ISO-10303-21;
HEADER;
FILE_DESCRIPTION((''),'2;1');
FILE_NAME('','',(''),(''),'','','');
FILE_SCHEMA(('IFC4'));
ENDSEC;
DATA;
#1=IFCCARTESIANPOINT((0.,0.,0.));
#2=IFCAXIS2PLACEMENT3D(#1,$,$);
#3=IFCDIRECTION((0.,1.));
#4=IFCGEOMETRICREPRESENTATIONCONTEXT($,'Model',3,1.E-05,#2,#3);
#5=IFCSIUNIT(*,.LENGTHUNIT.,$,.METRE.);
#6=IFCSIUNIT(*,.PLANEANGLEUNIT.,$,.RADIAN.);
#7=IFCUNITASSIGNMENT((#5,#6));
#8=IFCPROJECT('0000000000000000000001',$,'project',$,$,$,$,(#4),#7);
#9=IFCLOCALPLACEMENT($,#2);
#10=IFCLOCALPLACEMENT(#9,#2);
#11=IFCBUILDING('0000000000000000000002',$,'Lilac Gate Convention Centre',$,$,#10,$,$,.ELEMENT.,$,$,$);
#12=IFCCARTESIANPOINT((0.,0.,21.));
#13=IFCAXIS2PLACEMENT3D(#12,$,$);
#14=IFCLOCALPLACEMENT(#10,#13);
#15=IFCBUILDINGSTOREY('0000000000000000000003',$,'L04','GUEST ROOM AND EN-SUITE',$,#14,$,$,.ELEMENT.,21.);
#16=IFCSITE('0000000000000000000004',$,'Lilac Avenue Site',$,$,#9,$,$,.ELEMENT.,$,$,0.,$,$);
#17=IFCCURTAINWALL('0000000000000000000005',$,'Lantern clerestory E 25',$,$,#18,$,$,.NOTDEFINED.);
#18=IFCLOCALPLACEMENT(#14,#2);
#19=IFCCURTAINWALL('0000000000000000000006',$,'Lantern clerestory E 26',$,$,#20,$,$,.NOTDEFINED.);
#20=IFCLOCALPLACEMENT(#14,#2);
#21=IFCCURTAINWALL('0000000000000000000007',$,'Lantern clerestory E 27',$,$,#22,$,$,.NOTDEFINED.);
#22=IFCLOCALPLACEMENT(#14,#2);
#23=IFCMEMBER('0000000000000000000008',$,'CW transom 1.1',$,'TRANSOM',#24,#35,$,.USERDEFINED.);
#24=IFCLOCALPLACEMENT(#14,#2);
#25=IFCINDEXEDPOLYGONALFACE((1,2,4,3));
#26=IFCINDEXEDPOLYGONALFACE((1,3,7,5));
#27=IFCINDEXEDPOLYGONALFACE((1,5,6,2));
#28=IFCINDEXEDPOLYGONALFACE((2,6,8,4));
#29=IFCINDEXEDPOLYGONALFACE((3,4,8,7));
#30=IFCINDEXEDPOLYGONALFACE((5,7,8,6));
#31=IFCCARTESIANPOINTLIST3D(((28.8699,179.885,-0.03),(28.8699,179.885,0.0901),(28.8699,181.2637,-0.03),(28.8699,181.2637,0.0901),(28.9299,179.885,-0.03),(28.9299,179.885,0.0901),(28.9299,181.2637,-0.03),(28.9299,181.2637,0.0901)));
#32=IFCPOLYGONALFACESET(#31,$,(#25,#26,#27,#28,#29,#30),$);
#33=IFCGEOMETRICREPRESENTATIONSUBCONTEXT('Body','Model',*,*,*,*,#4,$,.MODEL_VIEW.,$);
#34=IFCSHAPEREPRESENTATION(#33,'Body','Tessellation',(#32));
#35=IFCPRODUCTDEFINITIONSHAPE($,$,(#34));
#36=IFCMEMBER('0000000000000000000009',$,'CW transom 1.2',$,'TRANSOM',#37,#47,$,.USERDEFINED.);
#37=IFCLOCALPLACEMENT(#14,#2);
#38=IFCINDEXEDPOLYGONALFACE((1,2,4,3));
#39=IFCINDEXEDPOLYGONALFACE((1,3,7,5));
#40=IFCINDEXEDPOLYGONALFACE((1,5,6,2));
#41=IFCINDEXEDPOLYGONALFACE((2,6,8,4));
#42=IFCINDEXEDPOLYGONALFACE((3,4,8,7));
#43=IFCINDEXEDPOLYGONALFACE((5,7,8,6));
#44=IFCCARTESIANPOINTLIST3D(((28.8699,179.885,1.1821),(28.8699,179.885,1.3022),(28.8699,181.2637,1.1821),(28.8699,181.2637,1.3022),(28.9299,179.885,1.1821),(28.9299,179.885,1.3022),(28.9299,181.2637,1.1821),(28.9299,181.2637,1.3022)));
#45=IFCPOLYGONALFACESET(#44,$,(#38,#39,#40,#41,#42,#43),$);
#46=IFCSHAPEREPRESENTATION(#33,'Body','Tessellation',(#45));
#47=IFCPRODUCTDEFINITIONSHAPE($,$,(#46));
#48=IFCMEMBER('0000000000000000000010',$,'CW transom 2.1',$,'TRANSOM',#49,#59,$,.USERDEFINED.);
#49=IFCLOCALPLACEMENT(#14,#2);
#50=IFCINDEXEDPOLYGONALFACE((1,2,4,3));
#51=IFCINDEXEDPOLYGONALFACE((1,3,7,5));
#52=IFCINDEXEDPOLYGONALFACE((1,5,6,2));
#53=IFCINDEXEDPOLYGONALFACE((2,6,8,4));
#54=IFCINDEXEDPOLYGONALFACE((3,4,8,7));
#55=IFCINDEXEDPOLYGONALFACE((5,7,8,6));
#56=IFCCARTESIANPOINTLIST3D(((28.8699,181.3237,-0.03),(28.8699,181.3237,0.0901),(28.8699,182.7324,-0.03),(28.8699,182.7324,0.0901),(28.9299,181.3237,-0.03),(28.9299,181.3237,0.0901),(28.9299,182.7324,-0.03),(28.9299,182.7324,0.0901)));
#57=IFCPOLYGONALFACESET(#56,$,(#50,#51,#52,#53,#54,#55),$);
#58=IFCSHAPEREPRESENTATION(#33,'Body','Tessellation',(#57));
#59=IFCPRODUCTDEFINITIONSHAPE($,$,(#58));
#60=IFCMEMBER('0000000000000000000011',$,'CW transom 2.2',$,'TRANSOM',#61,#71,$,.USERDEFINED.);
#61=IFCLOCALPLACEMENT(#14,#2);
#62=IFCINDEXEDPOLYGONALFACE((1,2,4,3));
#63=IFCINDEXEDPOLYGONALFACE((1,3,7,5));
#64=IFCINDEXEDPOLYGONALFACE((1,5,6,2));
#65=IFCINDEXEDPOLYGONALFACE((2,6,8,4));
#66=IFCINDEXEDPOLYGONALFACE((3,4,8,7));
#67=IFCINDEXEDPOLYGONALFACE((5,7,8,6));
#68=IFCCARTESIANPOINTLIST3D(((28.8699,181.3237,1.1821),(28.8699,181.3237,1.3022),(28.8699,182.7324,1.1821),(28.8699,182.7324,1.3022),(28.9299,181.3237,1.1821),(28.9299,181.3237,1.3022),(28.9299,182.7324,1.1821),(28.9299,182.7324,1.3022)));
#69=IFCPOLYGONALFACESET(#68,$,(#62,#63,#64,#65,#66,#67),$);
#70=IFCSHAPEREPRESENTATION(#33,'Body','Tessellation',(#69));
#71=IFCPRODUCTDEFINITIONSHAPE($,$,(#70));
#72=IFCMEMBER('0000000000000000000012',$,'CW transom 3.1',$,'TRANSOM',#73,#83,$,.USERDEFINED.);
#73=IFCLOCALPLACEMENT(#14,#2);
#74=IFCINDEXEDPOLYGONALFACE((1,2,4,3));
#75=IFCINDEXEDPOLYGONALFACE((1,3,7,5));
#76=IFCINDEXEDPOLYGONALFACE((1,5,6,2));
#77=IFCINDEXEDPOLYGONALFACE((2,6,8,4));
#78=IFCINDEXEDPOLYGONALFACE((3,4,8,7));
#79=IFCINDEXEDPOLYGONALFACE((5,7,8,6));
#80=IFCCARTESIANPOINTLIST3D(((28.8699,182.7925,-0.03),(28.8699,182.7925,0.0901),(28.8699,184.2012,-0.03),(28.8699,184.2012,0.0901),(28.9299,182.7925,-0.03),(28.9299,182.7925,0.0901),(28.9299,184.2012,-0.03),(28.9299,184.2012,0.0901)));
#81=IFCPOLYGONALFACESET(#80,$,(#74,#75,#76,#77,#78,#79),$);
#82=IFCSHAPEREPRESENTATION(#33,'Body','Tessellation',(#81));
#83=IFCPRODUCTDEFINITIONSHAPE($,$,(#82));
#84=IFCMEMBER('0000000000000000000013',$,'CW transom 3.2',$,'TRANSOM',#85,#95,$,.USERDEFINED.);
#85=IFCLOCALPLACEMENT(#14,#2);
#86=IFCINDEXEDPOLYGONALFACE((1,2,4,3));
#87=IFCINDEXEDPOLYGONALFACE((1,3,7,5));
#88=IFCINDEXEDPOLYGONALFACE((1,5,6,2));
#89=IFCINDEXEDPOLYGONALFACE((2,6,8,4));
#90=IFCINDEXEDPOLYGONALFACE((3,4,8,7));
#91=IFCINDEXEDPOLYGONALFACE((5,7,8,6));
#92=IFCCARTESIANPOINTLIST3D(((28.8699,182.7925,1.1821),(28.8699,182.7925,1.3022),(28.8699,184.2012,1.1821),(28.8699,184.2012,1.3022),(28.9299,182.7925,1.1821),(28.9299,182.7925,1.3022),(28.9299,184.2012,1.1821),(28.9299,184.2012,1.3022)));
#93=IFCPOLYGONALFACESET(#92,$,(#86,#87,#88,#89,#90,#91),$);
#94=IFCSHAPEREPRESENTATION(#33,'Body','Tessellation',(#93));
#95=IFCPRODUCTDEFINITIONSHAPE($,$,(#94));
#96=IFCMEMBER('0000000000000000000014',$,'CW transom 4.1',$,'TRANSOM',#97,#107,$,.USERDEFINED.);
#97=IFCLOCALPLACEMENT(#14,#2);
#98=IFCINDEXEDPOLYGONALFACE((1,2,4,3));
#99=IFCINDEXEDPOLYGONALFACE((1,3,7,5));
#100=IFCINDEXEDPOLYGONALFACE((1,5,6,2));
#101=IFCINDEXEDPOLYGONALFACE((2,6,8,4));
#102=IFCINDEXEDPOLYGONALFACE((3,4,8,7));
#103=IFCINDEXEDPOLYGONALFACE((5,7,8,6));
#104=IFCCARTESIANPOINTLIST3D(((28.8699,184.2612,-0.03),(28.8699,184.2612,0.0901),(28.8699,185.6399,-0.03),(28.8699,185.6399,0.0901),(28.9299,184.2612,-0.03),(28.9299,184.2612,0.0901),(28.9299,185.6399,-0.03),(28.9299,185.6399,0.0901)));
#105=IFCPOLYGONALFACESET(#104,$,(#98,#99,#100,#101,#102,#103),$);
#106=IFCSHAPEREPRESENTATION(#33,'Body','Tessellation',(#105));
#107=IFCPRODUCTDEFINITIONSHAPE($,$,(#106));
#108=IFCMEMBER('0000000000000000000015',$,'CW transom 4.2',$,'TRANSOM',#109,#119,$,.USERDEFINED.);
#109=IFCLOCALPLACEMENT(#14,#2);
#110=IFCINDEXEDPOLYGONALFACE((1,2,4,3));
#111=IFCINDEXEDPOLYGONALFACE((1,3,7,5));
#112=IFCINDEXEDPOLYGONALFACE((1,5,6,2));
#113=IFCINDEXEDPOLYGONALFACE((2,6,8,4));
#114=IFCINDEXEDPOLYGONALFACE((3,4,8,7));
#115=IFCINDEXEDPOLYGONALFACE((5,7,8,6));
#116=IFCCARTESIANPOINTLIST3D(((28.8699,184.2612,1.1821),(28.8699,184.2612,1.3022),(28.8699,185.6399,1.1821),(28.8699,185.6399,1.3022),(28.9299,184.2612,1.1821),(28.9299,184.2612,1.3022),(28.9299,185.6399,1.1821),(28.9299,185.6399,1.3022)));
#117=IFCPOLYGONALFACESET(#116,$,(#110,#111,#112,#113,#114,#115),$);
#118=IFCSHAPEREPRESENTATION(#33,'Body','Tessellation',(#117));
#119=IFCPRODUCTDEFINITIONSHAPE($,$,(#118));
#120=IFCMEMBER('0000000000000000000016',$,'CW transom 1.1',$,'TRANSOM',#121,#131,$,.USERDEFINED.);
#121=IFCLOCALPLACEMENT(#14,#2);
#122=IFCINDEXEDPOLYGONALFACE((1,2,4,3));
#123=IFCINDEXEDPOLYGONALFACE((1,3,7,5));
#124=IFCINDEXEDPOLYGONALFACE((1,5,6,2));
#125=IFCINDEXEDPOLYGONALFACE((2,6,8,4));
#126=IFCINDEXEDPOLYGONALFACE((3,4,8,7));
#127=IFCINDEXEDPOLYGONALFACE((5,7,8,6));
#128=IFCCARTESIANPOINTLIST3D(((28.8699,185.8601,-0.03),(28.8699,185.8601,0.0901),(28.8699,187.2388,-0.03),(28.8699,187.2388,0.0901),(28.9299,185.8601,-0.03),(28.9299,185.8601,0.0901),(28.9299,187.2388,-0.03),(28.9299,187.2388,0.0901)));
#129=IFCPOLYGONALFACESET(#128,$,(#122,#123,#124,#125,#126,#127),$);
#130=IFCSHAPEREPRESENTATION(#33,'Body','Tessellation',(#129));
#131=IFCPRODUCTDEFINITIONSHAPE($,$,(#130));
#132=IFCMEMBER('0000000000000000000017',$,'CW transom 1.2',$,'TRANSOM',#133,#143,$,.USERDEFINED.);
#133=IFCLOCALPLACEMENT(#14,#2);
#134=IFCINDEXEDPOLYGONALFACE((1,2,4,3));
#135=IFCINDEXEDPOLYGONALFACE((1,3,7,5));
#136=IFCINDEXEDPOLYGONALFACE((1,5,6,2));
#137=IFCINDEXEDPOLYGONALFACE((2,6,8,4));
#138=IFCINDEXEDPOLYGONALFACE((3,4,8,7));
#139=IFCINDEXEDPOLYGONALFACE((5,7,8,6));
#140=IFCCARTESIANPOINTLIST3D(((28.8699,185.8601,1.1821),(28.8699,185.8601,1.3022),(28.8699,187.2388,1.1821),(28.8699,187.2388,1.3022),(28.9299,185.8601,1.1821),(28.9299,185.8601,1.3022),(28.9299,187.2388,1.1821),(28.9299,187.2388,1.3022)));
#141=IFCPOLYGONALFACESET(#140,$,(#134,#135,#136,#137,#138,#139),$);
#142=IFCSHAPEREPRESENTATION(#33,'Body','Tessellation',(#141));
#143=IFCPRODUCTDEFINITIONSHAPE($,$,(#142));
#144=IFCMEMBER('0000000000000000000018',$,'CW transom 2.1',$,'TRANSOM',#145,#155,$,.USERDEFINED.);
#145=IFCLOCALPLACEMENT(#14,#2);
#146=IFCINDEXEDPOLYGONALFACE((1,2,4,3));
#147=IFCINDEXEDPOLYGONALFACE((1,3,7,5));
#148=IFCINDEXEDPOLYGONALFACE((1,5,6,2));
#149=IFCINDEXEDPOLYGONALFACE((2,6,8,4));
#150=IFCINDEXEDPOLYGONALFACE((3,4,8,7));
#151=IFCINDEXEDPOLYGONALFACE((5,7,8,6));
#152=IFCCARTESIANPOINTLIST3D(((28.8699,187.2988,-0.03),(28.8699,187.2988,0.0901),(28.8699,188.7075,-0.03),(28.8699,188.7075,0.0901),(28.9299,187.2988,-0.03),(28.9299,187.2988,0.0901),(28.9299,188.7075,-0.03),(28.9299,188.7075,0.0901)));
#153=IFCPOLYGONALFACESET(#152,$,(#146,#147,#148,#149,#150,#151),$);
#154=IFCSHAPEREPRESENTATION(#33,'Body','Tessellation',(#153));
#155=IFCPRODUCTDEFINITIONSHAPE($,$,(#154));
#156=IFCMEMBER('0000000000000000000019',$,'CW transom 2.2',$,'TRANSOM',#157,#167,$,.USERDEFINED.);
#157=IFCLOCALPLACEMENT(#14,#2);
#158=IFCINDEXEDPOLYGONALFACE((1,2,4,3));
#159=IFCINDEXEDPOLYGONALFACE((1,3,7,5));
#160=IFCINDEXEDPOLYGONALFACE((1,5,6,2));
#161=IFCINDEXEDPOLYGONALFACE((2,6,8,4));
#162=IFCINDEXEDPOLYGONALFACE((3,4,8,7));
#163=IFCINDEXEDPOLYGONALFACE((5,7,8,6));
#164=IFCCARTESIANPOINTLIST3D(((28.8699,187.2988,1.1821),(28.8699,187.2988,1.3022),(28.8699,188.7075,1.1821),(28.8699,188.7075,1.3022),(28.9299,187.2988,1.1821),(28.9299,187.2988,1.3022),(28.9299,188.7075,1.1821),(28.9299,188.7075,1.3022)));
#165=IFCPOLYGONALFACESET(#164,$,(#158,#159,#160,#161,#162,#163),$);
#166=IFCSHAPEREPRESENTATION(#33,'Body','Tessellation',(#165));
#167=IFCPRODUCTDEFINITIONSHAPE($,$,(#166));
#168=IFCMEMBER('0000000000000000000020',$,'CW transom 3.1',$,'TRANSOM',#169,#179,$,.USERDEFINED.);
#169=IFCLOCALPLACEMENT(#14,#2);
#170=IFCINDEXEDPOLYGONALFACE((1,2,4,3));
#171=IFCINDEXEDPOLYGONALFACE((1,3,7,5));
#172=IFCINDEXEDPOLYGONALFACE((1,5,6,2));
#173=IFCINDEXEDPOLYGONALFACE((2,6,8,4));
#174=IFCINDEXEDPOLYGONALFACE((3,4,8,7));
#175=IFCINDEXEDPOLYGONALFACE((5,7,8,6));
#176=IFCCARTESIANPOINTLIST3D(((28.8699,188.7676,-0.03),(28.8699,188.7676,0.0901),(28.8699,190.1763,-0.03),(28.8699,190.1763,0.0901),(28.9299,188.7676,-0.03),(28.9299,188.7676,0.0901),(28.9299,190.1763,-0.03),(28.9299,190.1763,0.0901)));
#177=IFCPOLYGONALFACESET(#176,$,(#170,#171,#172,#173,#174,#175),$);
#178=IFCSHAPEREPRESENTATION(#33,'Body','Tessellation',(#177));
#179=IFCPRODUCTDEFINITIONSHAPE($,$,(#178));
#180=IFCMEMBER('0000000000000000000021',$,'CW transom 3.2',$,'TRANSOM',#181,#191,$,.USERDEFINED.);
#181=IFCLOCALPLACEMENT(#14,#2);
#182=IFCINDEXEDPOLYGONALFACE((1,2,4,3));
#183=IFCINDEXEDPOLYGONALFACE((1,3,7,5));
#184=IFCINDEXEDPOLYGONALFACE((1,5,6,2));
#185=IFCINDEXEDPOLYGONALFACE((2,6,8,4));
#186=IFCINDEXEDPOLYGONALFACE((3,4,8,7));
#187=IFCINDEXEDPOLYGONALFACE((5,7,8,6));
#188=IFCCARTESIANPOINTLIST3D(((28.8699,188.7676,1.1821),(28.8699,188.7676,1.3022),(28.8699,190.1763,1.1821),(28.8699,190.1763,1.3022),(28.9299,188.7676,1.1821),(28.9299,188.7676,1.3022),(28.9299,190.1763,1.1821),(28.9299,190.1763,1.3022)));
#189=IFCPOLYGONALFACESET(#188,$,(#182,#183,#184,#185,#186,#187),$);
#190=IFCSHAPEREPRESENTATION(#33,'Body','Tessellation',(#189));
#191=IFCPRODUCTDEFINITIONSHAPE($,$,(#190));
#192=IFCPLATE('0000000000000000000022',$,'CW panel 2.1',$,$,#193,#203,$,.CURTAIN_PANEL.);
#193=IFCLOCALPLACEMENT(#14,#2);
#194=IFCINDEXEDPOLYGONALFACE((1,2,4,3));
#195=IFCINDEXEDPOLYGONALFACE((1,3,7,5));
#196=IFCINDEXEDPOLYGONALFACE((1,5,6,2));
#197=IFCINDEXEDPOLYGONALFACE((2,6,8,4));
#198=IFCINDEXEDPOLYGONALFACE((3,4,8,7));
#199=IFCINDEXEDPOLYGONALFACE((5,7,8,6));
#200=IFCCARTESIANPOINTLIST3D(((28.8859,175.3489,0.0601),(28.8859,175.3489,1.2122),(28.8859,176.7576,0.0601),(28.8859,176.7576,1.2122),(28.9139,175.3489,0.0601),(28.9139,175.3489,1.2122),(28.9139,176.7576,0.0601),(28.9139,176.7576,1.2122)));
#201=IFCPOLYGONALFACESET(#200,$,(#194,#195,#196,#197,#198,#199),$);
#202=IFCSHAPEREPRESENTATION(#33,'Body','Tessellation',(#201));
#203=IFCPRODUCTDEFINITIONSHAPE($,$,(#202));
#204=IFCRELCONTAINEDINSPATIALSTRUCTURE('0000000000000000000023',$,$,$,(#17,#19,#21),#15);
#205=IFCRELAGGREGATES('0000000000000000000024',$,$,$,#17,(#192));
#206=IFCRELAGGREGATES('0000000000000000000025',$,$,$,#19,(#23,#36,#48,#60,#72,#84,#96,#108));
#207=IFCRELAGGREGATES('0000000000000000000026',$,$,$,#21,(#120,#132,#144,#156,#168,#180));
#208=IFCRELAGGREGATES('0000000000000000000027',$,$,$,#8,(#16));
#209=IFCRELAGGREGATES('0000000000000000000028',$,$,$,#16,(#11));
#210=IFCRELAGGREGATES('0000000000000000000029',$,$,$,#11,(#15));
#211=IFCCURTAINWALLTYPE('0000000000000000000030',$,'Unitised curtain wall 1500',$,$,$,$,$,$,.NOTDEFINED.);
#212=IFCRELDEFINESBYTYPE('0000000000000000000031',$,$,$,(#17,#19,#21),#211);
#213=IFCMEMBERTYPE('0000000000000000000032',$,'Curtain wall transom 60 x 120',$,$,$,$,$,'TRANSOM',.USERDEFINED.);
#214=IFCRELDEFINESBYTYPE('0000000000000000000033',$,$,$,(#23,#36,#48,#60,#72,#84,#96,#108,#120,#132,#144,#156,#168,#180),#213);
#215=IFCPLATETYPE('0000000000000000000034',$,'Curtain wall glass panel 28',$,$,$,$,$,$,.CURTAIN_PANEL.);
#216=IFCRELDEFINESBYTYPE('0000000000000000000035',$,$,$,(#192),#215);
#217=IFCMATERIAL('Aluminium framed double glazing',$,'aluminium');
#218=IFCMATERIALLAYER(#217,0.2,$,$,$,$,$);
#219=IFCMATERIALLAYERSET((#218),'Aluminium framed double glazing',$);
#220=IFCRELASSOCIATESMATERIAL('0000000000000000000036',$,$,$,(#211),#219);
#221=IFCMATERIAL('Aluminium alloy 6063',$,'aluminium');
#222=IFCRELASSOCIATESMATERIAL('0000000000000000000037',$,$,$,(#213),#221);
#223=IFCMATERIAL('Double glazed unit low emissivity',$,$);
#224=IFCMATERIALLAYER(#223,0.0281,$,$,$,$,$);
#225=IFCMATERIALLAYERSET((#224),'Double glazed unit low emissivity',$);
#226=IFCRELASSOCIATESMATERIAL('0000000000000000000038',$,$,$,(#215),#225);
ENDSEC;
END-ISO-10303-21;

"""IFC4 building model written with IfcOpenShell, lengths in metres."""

from ifc_helpers import new_model, si_unit, direction, frame, origin, origin_2d, place, context, subcontext, project, spatial, rectangle, extrude, material, layer, layer_set, material_profile, profile_set, type_object, element, aggregate, save


model = new_model("IFC4")

# Units and contexts
model_context = context("Model", 3, precision=1e-05, world=origin(), true_north=direction((0.0, 1.0)))
body_context = subcontext(model_context, "Body", "Model", "MODEL_VIEW")
ifc_project = project(units=[si_unit("LENGTHUNIT", "METRE"), si_unit("PLANEANGLEUNIT", "RADIAN")], contexts=[model_context])

# Site, building, storey
site_placement = place(None, origin())
site = spatial("IfcSite", under=ifc_project, at=site_placement, Name="Lilac Avenue Site", CompositionType="ELEMENT", RefElevation=0.0)
building_placement = place(site_placement, origin())
building = spatial("IfcBuilding", under=site, at=building_placement, Name="Lilac Gate Convention Centre", CompositionType="ELEMENT")
storey_placement = place(building_placement, frame((0.0, 0.0, 21.0)))
storey = spatial("IfcBuildingStorey", under=building, at=storey_placement, Name="L04", Description="GUEST ROOM AND EN-SUITE", CompositionType="ELEMENT", Elevation=21.0)

# Curtain walls
ifc_material_1 = material(Name="Aluminium framed double glazing", Category="aluminium")
ifc_layer_1 = layer(ifc_material_1, 0.2)
ifc_layer_set_1 = layer_set([ifc_layer_1], Name="Aluminium framed double glazing")
curtain_wall_type = type_object("IfcCurtainWallType", Name="Unitised curtain wall 1500", PredefinedType="NOTDEFINED", material=ifc_layer_set_1)
curtain_wall_1_placement = place(storey_placement, origin())
curtain_wall_1 = element("IfcCurtainWall", 1, at=curtain_wall_1_placement, inside=storey, type_object=curtain_wall_type, Name="Lantern clerestory E 25", PredefinedType="NOTDEFINED")
ifc_material_2 = material(Name="Aluminium alloy 6063", Category="aluminium")
curtain_wall_2_placement = place(storey_placement, origin())
curtain_wall_2 = element("IfcCurtainWall", 2, at=curtain_wall_2_placement, inside=storey, type_object=curtain_wall_type, Name="Lantern clerestory E 26", PredefinedType="NOTDEFINED")
curtain_wall_3_placement = place(storey_placement, origin())
curtain_wall_3 = element("IfcCurtainWall", 3, at=curtain_wall_3_placement, inside=storey, type_object=curtain_wall_type, Name="Lantern clerestory E 27", PredefinedType="NOTDEFINED")

# Members
ifc_material_profile_1 = material_profile(ifc_material_2, rectangle(XDim=0.0601, YDim=0.1201, at=origin_2d()), Name="Curtain wall transom 60 x 120")
ifc_profile_set_1 = profile_set([ifc_material_profile_1], Name="Aluminium alloy 6063")
member_type_1 = type_object("IfcMemberType", Name="Curtain wall transom 60 x 120", ElementType="TRANSOM", PredefinedType="USERDEFINED", material=ifc_profile_set_1)
member_1_placement = place(storey_placement, frame((28.8999, 179.885, 0.03), z_axis=(0.0, 1.0, 0.0), x_axis=(-1.0, 0.0, 0.0)))
member_1 = element("IfcMember", 4, at=member_1_placement, type_object=member_type_1, Name="CW transom 1.1", ObjectType="TRANSOM", PredefinedType="USERDEFINED", context=body_context, shape_type="SweptSolid", body=[
    extrude(rectangle(XDim=0.0601, YDim=0.1201, at=origin_2d()), origin(), (0.0, 0.0, 1.0), 1.3787),
])
member_2_placement = place(storey_placement, frame((28.8999, 179.885, 1.2422), z_axis=(0.0, 1.0, 0.0), x_axis=(-1.0, 0.0, 0.0)))
member_2 = element("IfcMember", 5, at=member_2_placement, type_object=member_type_1, Name="CW transom 1.2", ObjectType="TRANSOM", PredefinedType="USERDEFINED", context=body_context, shape_type="SweptSolid", body=[
    extrude(rectangle(XDim=0.0601, YDim=0.1201, at=origin_2d()), origin(), (0.0, 0.0, 1.0), 1.3787),
])
member_3_placement = place(storey_placement, frame((28.8999, 181.3237, 0.03), z_axis=(0.0, 1.0, 0.0), x_axis=(-1.0, 0.0, 0.0)))
member_3 = element("IfcMember", 6, at=member_3_placement, type_object=member_type_1, Name="CW transom 2.1", ObjectType="TRANSOM", PredefinedType="USERDEFINED", context=body_context, shape_type="SweptSolid", body=[
    extrude(rectangle(XDim=0.0601, YDim=0.1201, at=origin_2d()), origin(), (0.0, 0.0, 1.0), 1.4087),
])
member_4_placement = place(storey_placement, frame((28.8999, 181.3237, 1.2422), z_axis=(0.0, 1.0, 0.0), x_axis=(-1.0, 0.0, 0.0)))
member_4 = element("IfcMember", 7, at=member_4_placement, type_object=member_type_1, Name="CW transom 2.2", ObjectType="TRANSOM", PredefinedType="USERDEFINED", context=body_context, shape_type="SweptSolid", body=[
    extrude(rectangle(XDim=0.0601, YDim=0.1201, at=origin_2d()), origin(), (0.0, 0.0, 1.0), 1.4087),
])
member_5_placement = place(storey_placement, frame((28.8999, 182.7925, 0.03), z_axis=(0.0, 1.0, 0.0), x_axis=(-1.0, 0.0, 0.0)))
member_5 = element("IfcMember", 8, at=member_5_placement, type_object=member_type_1, Name="CW transom 3.1", ObjectType="TRANSOM", PredefinedType="USERDEFINED", context=body_context, shape_type="SweptSolid", body=[
    extrude(rectangle(XDim=0.0601, YDim=0.1201, at=origin_2d()), origin(), (0.0, 0.0, 1.0), 1.4087),
])
member_6_placement = place(storey_placement, frame((28.8999, 182.7925, 1.2422), z_axis=(0.0, 1.0, 0.0), x_axis=(-1.0, 0.0, 0.0)))
member_6 = element("IfcMember", 9, at=member_6_placement, type_object=member_type_1, Name="CW transom 3.2", ObjectType="TRANSOM", PredefinedType="USERDEFINED", context=body_context, shape_type="SweptSolid", body=[
    extrude(rectangle(XDim=0.0601, YDim=0.1201, at=origin_2d()), origin(), (0.0, 0.0, 1.0), 1.4087),
])
member_7_placement = place(storey_placement, frame((28.8999, 184.2612, 0.03), z_axis=(0.0, 1.0, 0.0), x_axis=(-1.0, 0.0, 0.0)))
member_7 = element("IfcMember", 10, at=member_7_placement, type_object=member_type_1, Name="CW transom 4.1", ObjectType="TRANSOM", PredefinedType="USERDEFINED", context=body_context, shape_type="SweptSolid", body=[
    extrude(rectangle(XDim=0.0601, YDim=0.1201, at=origin_2d()), origin(), (0.0, 0.0, 1.0), 1.3787),
])
member_8_placement = place(storey_placement, frame((28.8999, 184.2612, 1.2422), z_axis=(0.0, 1.0, 0.0), x_axis=(-1.0, 0.0, 0.0)))
member_8 = element("IfcMember", 11, at=member_8_placement, type_object=member_type_1, Name="CW transom 4.2", ObjectType="TRANSOM", PredefinedType="USERDEFINED", context=body_context, shape_type="SweptSolid", body=[
    extrude(rectangle(XDim=0.0601, YDim=0.1201, at=origin_2d()), origin(), (0.0, 0.0, 1.0), 1.3787),
])
member_9_placement = place(storey_placement, frame((28.8999, 185.8601, 0.03), z_axis=(0.0, 1.0, 0.0), x_axis=(-1.0, 0.0, 0.0)))
member_9 = element("IfcMember", 12, at=member_9_placement, type_object=member_type_1, Name="CW transom 1.1", ObjectType="TRANSOM", PredefinedType="USERDEFINED", context=body_context, shape_type="SweptSolid", body=[
    extrude(rectangle(XDim=0.0601, YDim=0.1201, at=origin_2d()), origin(), (0.0, 0.0, 1.0), 1.3787),
])
member_10_placement = place(storey_placement, frame((28.8999, 185.8601, 1.2422), z_axis=(0.0, 1.0, 0.0), x_axis=(-1.0, 0.0, 0.0)))
member_10 = element("IfcMember", 13, at=member_10_placement, type_object=member_type_1, Name="CW transom 1.2", ObjectType="TRANSOM", PredefinedType="USERDEFINED", context=body_context, shape_type="SweptSolid", body=[
    extrude(rectangle(XDim=0.0601, YDim=0.1201, at=origin_2d()), origin(), (0.0, 0.0, 1.0), 1.3787),
])
member_11_placement = place(storey_placement, frame((28.8999, 187.2988, 0.03), z_axis=(0.0, 1.0, 0.0), x_axis=(-1.0, 0.0, 0.0)))
member_11 = element("IfcMember", 14, at=member_11_placement, type_object=member_type_1, Name="CW transom 2.1", ObjectType="TRANSOM", PredefinedType="USERDEFINED", context=body_context, shape_type="SweptSolid", body=[
    extrude(rectangle(XDim=0.0601, YDim=0.1201, at=origin_2d()), origin(), (0.0, 0.0, 1.0), 1.4087),
])
member_12_placement = place(storey_placement, frame((28.8999, 187.2988, 1.2422), z_axis=(0.0, 1.0, 0.0), x_axis=(-1.0, 0.0, 0.0)))
member_12 = element("IfcMember", 15, at=member_12_placement, type_object=member_type_1, Name="CW transom 2.2", ObjectType="TRANSOM", PredefinedType="USERDEFINED", context=body_context, shape_type="SweptSolid", body=[
    extrude(rectangle(XDim=0.0601, YDim=0.1201, at=origin_2d()), origin(), (0.0, 0.0, 1.0), 1.4087),
])
member_13_placement = place(storey_placement, frame((28.8999, 188.7676, 0.03), z_axis=(0.0, 1.0, 0.0), x_axis=(-1.0, 0.0, 0.0)))
member_13 = element("IfcMember", 16, at=member_13_placement, type_object=member_type_1, Name="CW transom 3.1", ObjectType="TRANSOM", PredefinedType="USERDEFINED", context=body_context, shape_type="SweptSolid", body=[
    extrude(rectangle(XDim=0.0601, YDim=0.1201, at=origin_2d()), origin(), (0.0, 0.0, 1.0), 1.4087),
])
member_14_placement = place(storey_placement, frame((28.8999, 188.7676, 1.2422), z_axis=(0.0, 1.0, 0.0), x_axis=(-1.0, 0.0, 0.0)))
member_14 = element("IfcMember", 17, at=member_14_placement, type_object=member_type_1, Name="CW transom 3.2", ObjectType="TRANSOM", PredefinedType="USERDEFINED", context=body_context, shape_type="SweptSolid", body=[
    extrude(rectangle(XDim=0.0601, YDim=0.1201, at=origin_2d()), origin(), (0.0, 0.0, 1.0), 1.4087),
])

# Plate
ifc_material_3 = material(Name="Double glazed unit low emissivity")
ifc_layer_2 = layer(ifc_material_3, 0.0281)
ifc_layer_set_2 = layer_set([ifc_layer_2], Name="Double glazed unit low emissivity")
plate_type = type_object("IfcPlateType", Name="Curtain wall glass panel 28", PredefinedType="CURTAIN_PANEL", material=ifc_layer_set_2)
plate_1_placement = place(storey_placement, frame((28.8999, 176.0532, 0.0601), z_axis=(0.0, 0.0, 1.0), x_axis=(0.0, 1.0, 0.0)))
plate_1 = element("IfcPlate", 18, at=plate_1_placement, type_object=plate_type, Name="CW panel 2.1", PredefinedType="CURTAIN_PANEL", context=body_context, shape_type="SweptSolid", body=[
    extrude(rectangle(XDim=1.4087, YDim=0.0281, at=origin_2d()), origin(), (0.0, 0.0, 1.0), 1.1521),
])
aggregate(curtain_wall_1, [plate_1])
aggregate(curtain_wall_2, [member_1, member_2, member_3, member_4, member_5, member_6, member_7, member_8])
aggregate(curtain_wall_3, [member_9, member_10, member_11, member_12, member_13, member_14])

save(model, "model.ifc")
